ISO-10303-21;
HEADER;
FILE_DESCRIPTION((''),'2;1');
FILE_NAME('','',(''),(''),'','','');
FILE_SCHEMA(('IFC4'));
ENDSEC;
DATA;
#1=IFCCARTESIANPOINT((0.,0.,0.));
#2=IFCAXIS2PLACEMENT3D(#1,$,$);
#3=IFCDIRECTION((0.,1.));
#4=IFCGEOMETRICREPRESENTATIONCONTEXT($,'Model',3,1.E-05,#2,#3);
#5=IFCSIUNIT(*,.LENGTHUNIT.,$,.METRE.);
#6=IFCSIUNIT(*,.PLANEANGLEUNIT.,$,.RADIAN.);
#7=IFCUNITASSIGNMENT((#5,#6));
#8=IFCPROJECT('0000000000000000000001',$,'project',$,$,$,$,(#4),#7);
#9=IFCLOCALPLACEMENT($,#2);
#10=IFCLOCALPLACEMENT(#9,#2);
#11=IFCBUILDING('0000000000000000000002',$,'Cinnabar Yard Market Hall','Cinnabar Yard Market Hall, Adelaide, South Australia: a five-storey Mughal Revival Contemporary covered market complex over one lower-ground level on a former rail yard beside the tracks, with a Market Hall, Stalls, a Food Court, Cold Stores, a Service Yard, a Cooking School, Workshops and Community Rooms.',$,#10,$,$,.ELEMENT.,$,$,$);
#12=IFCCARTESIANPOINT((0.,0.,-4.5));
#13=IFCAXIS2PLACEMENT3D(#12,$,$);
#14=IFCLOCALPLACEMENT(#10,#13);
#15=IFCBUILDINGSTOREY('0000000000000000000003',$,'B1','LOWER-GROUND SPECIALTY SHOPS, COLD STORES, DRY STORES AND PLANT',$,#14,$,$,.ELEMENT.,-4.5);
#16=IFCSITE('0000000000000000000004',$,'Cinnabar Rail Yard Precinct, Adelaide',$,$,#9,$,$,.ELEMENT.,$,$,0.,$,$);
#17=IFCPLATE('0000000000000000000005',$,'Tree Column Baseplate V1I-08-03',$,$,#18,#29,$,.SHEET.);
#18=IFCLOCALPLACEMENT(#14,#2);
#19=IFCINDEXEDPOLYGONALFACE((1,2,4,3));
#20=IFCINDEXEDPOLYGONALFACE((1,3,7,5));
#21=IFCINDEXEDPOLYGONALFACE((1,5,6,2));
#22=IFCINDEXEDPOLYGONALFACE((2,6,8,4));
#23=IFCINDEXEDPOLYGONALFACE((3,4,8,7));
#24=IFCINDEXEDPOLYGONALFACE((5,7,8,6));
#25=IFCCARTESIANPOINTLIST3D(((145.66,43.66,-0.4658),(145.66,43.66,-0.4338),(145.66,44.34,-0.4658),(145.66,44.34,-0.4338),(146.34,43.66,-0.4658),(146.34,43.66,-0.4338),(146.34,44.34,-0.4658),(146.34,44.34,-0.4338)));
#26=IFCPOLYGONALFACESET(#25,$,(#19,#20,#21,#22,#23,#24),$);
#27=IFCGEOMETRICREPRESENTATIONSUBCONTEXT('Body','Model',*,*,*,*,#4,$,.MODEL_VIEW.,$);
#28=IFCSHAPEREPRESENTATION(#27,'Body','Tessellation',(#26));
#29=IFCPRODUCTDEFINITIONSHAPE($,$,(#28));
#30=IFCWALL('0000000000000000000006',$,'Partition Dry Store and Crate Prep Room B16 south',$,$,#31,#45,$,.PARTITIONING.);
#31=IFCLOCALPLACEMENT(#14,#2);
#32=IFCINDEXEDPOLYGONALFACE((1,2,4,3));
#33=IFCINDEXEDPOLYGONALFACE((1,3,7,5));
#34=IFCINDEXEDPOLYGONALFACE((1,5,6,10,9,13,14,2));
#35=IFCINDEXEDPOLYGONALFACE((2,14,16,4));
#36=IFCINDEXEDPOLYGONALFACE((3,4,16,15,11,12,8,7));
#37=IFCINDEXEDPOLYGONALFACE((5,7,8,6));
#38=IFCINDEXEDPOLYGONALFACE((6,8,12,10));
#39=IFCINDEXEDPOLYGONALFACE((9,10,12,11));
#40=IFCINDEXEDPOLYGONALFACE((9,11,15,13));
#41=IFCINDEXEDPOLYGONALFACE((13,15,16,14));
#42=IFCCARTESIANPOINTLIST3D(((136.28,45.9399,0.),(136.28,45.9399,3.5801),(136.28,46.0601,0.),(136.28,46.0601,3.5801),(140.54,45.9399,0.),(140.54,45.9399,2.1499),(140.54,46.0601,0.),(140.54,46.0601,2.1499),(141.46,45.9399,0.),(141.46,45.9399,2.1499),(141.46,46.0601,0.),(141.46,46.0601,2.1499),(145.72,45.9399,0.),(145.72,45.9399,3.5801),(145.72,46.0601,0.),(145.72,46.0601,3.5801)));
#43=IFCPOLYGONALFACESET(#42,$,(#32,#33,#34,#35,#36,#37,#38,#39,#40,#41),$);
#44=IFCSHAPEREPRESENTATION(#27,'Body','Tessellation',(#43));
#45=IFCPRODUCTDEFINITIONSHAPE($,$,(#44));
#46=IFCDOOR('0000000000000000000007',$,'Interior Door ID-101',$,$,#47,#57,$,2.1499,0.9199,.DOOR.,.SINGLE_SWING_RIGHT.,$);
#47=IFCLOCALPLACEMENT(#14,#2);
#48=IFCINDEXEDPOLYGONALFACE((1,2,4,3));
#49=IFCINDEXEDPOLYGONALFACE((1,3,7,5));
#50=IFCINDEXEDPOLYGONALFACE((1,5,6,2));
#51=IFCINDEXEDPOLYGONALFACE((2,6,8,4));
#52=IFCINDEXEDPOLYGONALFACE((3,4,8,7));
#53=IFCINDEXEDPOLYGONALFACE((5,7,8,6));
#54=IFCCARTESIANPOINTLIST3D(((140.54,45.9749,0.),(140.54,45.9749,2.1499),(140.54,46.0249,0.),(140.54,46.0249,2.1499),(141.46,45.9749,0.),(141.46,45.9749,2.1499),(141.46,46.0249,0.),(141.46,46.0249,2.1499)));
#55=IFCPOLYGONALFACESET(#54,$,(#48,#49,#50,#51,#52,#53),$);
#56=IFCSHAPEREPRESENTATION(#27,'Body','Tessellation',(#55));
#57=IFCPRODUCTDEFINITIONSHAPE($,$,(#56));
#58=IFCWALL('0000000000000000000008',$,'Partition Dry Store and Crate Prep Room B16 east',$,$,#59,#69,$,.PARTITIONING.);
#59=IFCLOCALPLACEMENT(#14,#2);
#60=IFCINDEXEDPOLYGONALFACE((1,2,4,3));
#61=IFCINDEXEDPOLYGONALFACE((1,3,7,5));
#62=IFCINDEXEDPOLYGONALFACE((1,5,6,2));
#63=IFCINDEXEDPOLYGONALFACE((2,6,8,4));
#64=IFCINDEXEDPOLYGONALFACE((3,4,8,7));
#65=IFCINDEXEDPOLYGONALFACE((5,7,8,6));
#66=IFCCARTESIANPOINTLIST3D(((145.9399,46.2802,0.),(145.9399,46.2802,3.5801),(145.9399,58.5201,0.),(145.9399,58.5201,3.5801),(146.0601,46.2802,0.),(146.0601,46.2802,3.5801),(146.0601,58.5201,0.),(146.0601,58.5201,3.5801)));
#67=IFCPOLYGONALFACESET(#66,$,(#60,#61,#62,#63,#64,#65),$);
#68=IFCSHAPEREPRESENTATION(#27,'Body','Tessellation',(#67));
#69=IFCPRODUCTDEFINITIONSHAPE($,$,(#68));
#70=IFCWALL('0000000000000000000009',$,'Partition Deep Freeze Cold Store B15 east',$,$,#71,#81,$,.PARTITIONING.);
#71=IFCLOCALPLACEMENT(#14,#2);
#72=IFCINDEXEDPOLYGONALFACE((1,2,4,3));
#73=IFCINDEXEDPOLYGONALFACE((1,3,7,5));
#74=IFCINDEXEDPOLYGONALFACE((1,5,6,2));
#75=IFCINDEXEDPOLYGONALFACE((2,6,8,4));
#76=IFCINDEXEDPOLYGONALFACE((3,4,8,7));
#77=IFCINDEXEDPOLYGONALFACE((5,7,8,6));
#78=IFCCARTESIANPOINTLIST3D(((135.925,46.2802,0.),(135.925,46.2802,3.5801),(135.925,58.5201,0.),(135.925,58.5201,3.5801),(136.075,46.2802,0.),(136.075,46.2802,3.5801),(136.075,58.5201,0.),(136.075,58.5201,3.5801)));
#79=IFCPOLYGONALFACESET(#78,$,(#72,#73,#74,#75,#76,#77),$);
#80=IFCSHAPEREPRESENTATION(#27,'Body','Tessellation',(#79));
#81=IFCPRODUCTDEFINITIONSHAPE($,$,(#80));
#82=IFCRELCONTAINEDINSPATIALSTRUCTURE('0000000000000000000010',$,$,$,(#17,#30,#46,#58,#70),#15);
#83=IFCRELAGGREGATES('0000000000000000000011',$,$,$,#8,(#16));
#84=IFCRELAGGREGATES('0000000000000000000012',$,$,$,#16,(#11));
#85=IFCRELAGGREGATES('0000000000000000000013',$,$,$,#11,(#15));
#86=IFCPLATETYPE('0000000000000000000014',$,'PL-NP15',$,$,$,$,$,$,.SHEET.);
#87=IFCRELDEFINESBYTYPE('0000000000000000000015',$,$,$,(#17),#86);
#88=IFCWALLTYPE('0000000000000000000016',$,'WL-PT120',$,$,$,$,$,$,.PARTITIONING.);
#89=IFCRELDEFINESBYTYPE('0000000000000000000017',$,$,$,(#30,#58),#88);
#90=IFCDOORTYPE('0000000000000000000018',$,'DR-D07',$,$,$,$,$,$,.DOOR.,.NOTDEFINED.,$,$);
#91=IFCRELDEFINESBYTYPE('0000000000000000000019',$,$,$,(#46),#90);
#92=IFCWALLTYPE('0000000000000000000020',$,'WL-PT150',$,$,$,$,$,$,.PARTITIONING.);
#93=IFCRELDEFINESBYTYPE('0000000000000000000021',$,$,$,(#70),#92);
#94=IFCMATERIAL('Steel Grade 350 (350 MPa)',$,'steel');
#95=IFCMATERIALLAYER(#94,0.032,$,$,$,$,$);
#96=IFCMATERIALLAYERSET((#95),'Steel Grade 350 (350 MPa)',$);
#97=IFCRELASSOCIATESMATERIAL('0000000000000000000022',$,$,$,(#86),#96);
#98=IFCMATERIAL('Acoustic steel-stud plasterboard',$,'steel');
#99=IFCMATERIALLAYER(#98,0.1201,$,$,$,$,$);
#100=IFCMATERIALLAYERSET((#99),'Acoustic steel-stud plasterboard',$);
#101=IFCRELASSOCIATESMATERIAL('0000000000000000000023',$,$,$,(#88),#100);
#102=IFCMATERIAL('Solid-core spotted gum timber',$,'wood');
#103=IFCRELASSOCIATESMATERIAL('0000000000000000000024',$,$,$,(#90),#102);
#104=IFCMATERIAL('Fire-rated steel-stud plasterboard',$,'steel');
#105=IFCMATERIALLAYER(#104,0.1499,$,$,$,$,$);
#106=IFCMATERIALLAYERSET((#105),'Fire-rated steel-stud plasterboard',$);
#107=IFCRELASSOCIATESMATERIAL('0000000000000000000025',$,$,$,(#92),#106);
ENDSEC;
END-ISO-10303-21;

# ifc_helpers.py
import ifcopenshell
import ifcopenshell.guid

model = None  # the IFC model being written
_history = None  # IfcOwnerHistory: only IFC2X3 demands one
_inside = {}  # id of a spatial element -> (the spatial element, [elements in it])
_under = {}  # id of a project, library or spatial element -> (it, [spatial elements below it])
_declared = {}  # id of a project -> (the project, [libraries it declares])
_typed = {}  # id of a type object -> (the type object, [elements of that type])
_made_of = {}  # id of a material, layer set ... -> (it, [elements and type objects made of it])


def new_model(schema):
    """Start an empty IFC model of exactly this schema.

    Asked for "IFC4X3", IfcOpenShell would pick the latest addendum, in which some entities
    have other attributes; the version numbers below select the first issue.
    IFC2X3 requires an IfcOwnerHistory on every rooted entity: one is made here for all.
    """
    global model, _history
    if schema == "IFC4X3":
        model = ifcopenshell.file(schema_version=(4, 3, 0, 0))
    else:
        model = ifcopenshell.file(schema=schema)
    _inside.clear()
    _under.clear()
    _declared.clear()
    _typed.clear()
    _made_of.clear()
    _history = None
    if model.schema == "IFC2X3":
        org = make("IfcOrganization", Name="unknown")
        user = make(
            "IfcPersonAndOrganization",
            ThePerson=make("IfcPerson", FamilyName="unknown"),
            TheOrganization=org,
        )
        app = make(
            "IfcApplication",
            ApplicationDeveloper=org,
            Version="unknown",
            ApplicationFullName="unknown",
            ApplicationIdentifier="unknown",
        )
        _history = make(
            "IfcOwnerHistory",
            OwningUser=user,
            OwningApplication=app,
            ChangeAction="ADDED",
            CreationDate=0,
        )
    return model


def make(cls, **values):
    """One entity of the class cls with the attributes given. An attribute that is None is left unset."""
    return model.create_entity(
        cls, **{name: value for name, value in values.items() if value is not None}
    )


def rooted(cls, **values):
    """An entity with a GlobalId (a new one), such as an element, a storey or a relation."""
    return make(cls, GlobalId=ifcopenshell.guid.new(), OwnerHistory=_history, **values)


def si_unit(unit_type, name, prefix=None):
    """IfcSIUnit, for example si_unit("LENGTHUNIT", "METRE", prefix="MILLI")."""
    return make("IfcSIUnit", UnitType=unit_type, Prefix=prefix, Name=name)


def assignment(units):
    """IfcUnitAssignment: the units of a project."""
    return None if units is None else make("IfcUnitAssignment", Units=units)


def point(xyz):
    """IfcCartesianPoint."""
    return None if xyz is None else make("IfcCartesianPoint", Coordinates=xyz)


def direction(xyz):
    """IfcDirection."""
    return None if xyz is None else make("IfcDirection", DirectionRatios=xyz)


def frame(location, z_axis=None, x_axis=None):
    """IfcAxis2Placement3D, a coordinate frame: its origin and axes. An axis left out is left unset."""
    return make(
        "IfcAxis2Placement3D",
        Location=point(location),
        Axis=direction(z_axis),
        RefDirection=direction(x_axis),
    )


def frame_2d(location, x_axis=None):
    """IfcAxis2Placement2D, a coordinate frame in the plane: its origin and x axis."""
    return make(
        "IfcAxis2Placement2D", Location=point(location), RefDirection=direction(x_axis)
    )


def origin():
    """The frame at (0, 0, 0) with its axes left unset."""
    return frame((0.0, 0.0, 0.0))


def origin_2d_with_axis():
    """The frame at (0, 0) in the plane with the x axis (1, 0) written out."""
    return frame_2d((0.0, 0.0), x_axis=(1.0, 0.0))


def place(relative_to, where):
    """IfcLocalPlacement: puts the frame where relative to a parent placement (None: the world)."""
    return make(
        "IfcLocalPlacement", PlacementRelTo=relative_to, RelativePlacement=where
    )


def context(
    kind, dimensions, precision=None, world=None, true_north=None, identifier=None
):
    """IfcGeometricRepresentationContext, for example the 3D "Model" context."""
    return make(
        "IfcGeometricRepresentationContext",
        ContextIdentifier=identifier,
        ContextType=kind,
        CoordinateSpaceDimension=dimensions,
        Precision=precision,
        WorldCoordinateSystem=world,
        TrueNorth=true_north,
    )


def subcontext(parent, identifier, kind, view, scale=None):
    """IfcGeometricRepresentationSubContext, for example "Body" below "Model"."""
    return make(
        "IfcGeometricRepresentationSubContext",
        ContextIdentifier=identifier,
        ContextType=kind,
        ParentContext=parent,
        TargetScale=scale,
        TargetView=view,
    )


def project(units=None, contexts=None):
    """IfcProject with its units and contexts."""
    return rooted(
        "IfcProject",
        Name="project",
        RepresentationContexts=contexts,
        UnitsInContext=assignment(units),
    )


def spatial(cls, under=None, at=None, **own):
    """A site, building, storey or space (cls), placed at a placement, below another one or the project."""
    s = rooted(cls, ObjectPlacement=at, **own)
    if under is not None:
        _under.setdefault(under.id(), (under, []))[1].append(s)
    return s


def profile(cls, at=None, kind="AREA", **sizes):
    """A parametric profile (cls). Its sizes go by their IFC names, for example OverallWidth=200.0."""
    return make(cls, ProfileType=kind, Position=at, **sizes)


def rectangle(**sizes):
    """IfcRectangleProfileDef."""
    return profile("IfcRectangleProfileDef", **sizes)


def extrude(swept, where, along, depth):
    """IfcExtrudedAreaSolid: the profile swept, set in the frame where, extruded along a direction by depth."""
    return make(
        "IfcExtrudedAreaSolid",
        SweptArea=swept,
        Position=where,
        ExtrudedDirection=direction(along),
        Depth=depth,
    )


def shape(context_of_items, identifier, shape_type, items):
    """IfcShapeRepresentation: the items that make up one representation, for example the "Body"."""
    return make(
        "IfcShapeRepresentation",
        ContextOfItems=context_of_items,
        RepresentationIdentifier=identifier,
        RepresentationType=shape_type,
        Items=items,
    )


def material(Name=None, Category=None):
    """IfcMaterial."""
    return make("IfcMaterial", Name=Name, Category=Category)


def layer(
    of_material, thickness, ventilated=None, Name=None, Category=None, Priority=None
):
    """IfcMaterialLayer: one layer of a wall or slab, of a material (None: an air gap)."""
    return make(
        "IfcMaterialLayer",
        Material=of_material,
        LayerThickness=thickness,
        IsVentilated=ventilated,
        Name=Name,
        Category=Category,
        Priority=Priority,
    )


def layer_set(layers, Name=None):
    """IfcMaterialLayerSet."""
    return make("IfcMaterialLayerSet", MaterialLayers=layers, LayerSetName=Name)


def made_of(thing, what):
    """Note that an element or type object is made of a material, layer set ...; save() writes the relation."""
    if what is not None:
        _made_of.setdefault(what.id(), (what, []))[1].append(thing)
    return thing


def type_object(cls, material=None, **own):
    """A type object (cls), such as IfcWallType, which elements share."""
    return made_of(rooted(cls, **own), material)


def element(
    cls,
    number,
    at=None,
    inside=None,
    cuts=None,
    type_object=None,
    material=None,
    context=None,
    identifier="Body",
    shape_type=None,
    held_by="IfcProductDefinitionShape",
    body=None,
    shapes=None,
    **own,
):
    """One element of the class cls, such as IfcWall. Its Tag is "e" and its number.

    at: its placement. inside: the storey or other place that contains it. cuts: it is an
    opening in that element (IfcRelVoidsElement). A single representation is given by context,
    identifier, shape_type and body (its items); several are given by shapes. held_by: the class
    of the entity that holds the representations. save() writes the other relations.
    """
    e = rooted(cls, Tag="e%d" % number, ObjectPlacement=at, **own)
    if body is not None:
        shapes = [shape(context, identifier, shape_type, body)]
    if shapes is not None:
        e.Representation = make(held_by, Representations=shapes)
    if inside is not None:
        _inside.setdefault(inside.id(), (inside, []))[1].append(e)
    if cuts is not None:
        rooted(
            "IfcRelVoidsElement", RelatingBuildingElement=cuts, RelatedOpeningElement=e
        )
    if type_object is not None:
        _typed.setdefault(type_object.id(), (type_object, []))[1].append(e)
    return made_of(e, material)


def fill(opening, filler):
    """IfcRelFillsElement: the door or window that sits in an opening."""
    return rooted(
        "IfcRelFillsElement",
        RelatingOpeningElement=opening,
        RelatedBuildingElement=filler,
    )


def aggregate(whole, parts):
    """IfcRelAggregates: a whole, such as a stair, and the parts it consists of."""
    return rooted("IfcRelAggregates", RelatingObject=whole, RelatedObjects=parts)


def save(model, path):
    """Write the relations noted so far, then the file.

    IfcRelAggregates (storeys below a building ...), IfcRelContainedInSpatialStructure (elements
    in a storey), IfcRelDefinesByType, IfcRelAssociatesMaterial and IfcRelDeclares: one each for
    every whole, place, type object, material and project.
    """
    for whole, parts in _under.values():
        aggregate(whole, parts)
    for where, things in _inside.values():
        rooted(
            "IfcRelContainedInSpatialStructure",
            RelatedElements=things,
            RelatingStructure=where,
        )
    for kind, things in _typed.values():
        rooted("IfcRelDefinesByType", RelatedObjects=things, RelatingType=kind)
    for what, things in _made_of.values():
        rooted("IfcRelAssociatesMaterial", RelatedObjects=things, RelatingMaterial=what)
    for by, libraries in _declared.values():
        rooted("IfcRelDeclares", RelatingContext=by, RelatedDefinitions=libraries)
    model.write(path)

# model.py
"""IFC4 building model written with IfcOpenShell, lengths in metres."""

from ifc_helpers import new_model, si_unit, direction, frame, frame_2d, origin, origin_2d_with_axis, place, context, subcontext, project, spatial, rectangle, extrude, material, layer, layer_set, type_object, element, fill, save


model = new_model("IFC4")

# Units and contexts
model_context = context("Model", 3, precision=1e-05, world=origin(), true_north=direction((0.0, 1.0)))
body_context = subcontext(model_context, "Body", "Model", "MODEL_VIEW")
ifc_project = project(units=[si_unit("LENGTHUNIT", "METRE"), si_unit("PLANEANGLEUNIT", "RADIAN")], contexts=[model_context])

# Site, building, storey
site_placement = place(None, origin())
site = spatial("IfcSite", under=ifc_project, at=site_placement, Name="Cinnabar Rail Yard Precinct, Adelaide", CompositionType="ELEMENT", RefElevation=0.0)
building_placement = place(site_placement, origin())
building = spatial("IfcBuilding", under=site, at=building_placement, Name="Cinnabar Yard Market Hall", Description="Cinnabar Yard Market Hall, Adelaide, South Australia: a five-storey Mughal Revival Contemporary covered market complex over one lower-ground level on a former rail yard beside the tracks, with a Market Hall, Stalls, a Food Court, Cold Stores, a Service Yard, a Cooking School, Workshops and Community Rooms.", CompositionType="ELEMENT")
storey_placement = place(building_placement, frame((0.0, 0.0, -4.5)))
storey = spatial("IfcBuildingStorey", under=building, at=storey_placement, Name="B1", Description="LOWER-GROUND SPECIALTY SHOPS, COLD STORES, DRY STORES AND PLANT", CompositionType="ELEMENT", Elevation=-4.5)

# Plate
ifc_material_1 = material(Name="Steel Grade 350 (350 MPa)", Category="steel")
ifc_layer_1 = layer(ifc_material_1, 0.032)
ifc_layer_set_1 = layer_set([ifc_layer_1], Name="Steel Grade 350 (350 MPa)")
plate_type = type_object("IfcPlateType", Name="PL-NP15", PredefinedType="SHEET", material=ifc_layer_set_1)
for number, where, z_axis, x_axis, name in (
    (1, (146.0, 44.0, -0.4658), (0.0, 0.0, 1.0), (1.0, 0.0, 0.0), "Tree Column Baseplate V1I-08-03"),
):
    element("IfcPlate", number, at=place(storey_placement, frame(where, z_axis=z_axis, x_axis=x_axis)), inside=storey, type_object=plate_type, Name=name, PredefinedType="SHEET", context=body_context, shape_type="SweptSolid", body=[
        extrude(rectangle(XDim=0.6799, YDim=0.6799, at=origin_2d_with_axis()), origin(), (0.0, 0.0, 1.0), 0.032),
    ])

# Wall, opening, door
ifc_material_2 = material(Name="Acoustic steel-stud plasterboard", Category="steel")
ifc_layer_2 = layer(ifc_material_2, 0.1201)
ifc_layer_set_2 = layer_set([ifc_layer_2], Name="Acoustic steel-stud plasterboard")
wall_type_1 = type_object("IfcWallType", Name="WL-PT120", PredefinedType="PARTITIONING", material=ifc_layer_set_2)
wall_1_placement = place(storey_placement, frame((136.28, 46.0, 0.0), z_axis=(0.0, 0.0, 1.0), x_axis=(1.0, 0.0, 0.0)))
wall_1 = element("IfcWall", 2, at=wall_1_placement, inside=storey, type_object=wall_type_1, Name="Partition Dry Store and Crate Prep Room B16 south", PredefinedType="PARTITIONING", context=body_context, shape_type="SweptSolid", body=[
    extrude(rectangle(XDim=9.4399, YDim=0.1201, at=frame_2d((4.72, 0.0), x_axis=(1.0, 0.0))), origin(), (0.0, 0.0, 1.0), 3.5801),
])
opening_placement = place(wall_1_placement, frame((4.26, 0.0, 0.0)))
opening = element("IfcOpeningElement", 3, at=opening_placement, cuts=wall_1, PredefinedType="OPENING", context=body_context, shape_type="SweptSolid", body=[
    extrude(rectangle(XDim=0.9199, YDim=2.1499, at=frame_2d((0.46, 1.075), x_axis=(1.0, 0.0))), frame((0.0, 0.0701, 0.0), z_axis=(0.0, -1.0, 0.0), x_axis=(1.0, 0.0, 0.0)), (0.0, 0.0, 1.0), 0.1401),
])
ifc_material_3 = material(Name="Solid-core spotted gum timber", Category="wood")
door_type = type_object("IfcDoorType", Name="DR-D07", OperationType="NOTDEFINED", PredefinedType="DOOR", material=ifc_material_3)
door_placement = place(opening_placement, origin())
door = element("IfcDoor", 4, at=door_placement, inside=storey, type_object=door_type, Name="Interior Door ID-101", OperationType="SINGLE_SWING_RIGHT", OverallHeight=2.1499, OverallWidth=0.9199, PredefinedType="DOOR", context=body_context, shape_type="SweptSolid", body=[
    extrude(rectangle(XDim=0.9199, YDim=2.1499, at=frame_2d((0.46, 1.075), x_axis=(1.0, 0.0))), frame((0.0, 0.0249, 0.0), z_axis=(0.0, -1.0, 0.0), x_axis=(1.0, 0.0, 0.0)), (0.0, 0.0, 1.0), 0.05),
])
fill(opening, door)

# Walls
wall_2_placement = place(storey_placement, frame((146.0, 46.28, 0.0), z_axis=(0.0, 0.0, 1.0), x_axis=(0.0, 1.0, 0.0)))
element("IfcWall", 5, at=wall_2_placement, inside=storey, type_object=wall_type_1, Name="Partition Dry Store and Crate Prep Room B16 east", PredefinedType="PARTITIONING", context=body_context, shape_type="SweptSolid", body=[
    extrude(rectangle(XDim=12.24, YDim=0.1201, at=frame_2d((6.1201, 0.0), x_axis=(1.0, 0.0))), origin(), (0.0, 0.0, 1.0), 3.5801),
])
ifc_material_4 = material(Name="Fire-rated steel-stud plasterboard", Category="steel")
ifc_layer_3 = layer(ifc_material_4, 0.1499)
ifc_layer_set_3 = layer_set([ifc_layer_3], Name="Fire-rated steel-stud plasterboard")
wall_type_2 = type_object("IfcWallType", Name="WL-PT150", PredefinedType="PARTITIONING", material=ifc_layer_set_3)
wall_3_placement = place(storey_placement, frame((136.0, 46.28, 0.0), z_axis=(0.0, 0.0, 1.0), x_axis=(0.0, 1.0, 0.0)))
element("IfcWall", 6, at=wall_3_placement, inside=storey, type_object=wall_type_2, Name="Partition Deep Freeze Cold Store B15 east", PredefinedType="PARTITIONING", context=body_context, shape_type="SweptSolid", body=[
    extrude(rectangle(XDim=12.24, YDim=0.1499, at=frame_2d((6.1201, 0.0), x_axis=(1.0, 0.0))), origin(), (0.0, 0.0, 1.0), 3.5801),
])

save(model, "model.ifc")
